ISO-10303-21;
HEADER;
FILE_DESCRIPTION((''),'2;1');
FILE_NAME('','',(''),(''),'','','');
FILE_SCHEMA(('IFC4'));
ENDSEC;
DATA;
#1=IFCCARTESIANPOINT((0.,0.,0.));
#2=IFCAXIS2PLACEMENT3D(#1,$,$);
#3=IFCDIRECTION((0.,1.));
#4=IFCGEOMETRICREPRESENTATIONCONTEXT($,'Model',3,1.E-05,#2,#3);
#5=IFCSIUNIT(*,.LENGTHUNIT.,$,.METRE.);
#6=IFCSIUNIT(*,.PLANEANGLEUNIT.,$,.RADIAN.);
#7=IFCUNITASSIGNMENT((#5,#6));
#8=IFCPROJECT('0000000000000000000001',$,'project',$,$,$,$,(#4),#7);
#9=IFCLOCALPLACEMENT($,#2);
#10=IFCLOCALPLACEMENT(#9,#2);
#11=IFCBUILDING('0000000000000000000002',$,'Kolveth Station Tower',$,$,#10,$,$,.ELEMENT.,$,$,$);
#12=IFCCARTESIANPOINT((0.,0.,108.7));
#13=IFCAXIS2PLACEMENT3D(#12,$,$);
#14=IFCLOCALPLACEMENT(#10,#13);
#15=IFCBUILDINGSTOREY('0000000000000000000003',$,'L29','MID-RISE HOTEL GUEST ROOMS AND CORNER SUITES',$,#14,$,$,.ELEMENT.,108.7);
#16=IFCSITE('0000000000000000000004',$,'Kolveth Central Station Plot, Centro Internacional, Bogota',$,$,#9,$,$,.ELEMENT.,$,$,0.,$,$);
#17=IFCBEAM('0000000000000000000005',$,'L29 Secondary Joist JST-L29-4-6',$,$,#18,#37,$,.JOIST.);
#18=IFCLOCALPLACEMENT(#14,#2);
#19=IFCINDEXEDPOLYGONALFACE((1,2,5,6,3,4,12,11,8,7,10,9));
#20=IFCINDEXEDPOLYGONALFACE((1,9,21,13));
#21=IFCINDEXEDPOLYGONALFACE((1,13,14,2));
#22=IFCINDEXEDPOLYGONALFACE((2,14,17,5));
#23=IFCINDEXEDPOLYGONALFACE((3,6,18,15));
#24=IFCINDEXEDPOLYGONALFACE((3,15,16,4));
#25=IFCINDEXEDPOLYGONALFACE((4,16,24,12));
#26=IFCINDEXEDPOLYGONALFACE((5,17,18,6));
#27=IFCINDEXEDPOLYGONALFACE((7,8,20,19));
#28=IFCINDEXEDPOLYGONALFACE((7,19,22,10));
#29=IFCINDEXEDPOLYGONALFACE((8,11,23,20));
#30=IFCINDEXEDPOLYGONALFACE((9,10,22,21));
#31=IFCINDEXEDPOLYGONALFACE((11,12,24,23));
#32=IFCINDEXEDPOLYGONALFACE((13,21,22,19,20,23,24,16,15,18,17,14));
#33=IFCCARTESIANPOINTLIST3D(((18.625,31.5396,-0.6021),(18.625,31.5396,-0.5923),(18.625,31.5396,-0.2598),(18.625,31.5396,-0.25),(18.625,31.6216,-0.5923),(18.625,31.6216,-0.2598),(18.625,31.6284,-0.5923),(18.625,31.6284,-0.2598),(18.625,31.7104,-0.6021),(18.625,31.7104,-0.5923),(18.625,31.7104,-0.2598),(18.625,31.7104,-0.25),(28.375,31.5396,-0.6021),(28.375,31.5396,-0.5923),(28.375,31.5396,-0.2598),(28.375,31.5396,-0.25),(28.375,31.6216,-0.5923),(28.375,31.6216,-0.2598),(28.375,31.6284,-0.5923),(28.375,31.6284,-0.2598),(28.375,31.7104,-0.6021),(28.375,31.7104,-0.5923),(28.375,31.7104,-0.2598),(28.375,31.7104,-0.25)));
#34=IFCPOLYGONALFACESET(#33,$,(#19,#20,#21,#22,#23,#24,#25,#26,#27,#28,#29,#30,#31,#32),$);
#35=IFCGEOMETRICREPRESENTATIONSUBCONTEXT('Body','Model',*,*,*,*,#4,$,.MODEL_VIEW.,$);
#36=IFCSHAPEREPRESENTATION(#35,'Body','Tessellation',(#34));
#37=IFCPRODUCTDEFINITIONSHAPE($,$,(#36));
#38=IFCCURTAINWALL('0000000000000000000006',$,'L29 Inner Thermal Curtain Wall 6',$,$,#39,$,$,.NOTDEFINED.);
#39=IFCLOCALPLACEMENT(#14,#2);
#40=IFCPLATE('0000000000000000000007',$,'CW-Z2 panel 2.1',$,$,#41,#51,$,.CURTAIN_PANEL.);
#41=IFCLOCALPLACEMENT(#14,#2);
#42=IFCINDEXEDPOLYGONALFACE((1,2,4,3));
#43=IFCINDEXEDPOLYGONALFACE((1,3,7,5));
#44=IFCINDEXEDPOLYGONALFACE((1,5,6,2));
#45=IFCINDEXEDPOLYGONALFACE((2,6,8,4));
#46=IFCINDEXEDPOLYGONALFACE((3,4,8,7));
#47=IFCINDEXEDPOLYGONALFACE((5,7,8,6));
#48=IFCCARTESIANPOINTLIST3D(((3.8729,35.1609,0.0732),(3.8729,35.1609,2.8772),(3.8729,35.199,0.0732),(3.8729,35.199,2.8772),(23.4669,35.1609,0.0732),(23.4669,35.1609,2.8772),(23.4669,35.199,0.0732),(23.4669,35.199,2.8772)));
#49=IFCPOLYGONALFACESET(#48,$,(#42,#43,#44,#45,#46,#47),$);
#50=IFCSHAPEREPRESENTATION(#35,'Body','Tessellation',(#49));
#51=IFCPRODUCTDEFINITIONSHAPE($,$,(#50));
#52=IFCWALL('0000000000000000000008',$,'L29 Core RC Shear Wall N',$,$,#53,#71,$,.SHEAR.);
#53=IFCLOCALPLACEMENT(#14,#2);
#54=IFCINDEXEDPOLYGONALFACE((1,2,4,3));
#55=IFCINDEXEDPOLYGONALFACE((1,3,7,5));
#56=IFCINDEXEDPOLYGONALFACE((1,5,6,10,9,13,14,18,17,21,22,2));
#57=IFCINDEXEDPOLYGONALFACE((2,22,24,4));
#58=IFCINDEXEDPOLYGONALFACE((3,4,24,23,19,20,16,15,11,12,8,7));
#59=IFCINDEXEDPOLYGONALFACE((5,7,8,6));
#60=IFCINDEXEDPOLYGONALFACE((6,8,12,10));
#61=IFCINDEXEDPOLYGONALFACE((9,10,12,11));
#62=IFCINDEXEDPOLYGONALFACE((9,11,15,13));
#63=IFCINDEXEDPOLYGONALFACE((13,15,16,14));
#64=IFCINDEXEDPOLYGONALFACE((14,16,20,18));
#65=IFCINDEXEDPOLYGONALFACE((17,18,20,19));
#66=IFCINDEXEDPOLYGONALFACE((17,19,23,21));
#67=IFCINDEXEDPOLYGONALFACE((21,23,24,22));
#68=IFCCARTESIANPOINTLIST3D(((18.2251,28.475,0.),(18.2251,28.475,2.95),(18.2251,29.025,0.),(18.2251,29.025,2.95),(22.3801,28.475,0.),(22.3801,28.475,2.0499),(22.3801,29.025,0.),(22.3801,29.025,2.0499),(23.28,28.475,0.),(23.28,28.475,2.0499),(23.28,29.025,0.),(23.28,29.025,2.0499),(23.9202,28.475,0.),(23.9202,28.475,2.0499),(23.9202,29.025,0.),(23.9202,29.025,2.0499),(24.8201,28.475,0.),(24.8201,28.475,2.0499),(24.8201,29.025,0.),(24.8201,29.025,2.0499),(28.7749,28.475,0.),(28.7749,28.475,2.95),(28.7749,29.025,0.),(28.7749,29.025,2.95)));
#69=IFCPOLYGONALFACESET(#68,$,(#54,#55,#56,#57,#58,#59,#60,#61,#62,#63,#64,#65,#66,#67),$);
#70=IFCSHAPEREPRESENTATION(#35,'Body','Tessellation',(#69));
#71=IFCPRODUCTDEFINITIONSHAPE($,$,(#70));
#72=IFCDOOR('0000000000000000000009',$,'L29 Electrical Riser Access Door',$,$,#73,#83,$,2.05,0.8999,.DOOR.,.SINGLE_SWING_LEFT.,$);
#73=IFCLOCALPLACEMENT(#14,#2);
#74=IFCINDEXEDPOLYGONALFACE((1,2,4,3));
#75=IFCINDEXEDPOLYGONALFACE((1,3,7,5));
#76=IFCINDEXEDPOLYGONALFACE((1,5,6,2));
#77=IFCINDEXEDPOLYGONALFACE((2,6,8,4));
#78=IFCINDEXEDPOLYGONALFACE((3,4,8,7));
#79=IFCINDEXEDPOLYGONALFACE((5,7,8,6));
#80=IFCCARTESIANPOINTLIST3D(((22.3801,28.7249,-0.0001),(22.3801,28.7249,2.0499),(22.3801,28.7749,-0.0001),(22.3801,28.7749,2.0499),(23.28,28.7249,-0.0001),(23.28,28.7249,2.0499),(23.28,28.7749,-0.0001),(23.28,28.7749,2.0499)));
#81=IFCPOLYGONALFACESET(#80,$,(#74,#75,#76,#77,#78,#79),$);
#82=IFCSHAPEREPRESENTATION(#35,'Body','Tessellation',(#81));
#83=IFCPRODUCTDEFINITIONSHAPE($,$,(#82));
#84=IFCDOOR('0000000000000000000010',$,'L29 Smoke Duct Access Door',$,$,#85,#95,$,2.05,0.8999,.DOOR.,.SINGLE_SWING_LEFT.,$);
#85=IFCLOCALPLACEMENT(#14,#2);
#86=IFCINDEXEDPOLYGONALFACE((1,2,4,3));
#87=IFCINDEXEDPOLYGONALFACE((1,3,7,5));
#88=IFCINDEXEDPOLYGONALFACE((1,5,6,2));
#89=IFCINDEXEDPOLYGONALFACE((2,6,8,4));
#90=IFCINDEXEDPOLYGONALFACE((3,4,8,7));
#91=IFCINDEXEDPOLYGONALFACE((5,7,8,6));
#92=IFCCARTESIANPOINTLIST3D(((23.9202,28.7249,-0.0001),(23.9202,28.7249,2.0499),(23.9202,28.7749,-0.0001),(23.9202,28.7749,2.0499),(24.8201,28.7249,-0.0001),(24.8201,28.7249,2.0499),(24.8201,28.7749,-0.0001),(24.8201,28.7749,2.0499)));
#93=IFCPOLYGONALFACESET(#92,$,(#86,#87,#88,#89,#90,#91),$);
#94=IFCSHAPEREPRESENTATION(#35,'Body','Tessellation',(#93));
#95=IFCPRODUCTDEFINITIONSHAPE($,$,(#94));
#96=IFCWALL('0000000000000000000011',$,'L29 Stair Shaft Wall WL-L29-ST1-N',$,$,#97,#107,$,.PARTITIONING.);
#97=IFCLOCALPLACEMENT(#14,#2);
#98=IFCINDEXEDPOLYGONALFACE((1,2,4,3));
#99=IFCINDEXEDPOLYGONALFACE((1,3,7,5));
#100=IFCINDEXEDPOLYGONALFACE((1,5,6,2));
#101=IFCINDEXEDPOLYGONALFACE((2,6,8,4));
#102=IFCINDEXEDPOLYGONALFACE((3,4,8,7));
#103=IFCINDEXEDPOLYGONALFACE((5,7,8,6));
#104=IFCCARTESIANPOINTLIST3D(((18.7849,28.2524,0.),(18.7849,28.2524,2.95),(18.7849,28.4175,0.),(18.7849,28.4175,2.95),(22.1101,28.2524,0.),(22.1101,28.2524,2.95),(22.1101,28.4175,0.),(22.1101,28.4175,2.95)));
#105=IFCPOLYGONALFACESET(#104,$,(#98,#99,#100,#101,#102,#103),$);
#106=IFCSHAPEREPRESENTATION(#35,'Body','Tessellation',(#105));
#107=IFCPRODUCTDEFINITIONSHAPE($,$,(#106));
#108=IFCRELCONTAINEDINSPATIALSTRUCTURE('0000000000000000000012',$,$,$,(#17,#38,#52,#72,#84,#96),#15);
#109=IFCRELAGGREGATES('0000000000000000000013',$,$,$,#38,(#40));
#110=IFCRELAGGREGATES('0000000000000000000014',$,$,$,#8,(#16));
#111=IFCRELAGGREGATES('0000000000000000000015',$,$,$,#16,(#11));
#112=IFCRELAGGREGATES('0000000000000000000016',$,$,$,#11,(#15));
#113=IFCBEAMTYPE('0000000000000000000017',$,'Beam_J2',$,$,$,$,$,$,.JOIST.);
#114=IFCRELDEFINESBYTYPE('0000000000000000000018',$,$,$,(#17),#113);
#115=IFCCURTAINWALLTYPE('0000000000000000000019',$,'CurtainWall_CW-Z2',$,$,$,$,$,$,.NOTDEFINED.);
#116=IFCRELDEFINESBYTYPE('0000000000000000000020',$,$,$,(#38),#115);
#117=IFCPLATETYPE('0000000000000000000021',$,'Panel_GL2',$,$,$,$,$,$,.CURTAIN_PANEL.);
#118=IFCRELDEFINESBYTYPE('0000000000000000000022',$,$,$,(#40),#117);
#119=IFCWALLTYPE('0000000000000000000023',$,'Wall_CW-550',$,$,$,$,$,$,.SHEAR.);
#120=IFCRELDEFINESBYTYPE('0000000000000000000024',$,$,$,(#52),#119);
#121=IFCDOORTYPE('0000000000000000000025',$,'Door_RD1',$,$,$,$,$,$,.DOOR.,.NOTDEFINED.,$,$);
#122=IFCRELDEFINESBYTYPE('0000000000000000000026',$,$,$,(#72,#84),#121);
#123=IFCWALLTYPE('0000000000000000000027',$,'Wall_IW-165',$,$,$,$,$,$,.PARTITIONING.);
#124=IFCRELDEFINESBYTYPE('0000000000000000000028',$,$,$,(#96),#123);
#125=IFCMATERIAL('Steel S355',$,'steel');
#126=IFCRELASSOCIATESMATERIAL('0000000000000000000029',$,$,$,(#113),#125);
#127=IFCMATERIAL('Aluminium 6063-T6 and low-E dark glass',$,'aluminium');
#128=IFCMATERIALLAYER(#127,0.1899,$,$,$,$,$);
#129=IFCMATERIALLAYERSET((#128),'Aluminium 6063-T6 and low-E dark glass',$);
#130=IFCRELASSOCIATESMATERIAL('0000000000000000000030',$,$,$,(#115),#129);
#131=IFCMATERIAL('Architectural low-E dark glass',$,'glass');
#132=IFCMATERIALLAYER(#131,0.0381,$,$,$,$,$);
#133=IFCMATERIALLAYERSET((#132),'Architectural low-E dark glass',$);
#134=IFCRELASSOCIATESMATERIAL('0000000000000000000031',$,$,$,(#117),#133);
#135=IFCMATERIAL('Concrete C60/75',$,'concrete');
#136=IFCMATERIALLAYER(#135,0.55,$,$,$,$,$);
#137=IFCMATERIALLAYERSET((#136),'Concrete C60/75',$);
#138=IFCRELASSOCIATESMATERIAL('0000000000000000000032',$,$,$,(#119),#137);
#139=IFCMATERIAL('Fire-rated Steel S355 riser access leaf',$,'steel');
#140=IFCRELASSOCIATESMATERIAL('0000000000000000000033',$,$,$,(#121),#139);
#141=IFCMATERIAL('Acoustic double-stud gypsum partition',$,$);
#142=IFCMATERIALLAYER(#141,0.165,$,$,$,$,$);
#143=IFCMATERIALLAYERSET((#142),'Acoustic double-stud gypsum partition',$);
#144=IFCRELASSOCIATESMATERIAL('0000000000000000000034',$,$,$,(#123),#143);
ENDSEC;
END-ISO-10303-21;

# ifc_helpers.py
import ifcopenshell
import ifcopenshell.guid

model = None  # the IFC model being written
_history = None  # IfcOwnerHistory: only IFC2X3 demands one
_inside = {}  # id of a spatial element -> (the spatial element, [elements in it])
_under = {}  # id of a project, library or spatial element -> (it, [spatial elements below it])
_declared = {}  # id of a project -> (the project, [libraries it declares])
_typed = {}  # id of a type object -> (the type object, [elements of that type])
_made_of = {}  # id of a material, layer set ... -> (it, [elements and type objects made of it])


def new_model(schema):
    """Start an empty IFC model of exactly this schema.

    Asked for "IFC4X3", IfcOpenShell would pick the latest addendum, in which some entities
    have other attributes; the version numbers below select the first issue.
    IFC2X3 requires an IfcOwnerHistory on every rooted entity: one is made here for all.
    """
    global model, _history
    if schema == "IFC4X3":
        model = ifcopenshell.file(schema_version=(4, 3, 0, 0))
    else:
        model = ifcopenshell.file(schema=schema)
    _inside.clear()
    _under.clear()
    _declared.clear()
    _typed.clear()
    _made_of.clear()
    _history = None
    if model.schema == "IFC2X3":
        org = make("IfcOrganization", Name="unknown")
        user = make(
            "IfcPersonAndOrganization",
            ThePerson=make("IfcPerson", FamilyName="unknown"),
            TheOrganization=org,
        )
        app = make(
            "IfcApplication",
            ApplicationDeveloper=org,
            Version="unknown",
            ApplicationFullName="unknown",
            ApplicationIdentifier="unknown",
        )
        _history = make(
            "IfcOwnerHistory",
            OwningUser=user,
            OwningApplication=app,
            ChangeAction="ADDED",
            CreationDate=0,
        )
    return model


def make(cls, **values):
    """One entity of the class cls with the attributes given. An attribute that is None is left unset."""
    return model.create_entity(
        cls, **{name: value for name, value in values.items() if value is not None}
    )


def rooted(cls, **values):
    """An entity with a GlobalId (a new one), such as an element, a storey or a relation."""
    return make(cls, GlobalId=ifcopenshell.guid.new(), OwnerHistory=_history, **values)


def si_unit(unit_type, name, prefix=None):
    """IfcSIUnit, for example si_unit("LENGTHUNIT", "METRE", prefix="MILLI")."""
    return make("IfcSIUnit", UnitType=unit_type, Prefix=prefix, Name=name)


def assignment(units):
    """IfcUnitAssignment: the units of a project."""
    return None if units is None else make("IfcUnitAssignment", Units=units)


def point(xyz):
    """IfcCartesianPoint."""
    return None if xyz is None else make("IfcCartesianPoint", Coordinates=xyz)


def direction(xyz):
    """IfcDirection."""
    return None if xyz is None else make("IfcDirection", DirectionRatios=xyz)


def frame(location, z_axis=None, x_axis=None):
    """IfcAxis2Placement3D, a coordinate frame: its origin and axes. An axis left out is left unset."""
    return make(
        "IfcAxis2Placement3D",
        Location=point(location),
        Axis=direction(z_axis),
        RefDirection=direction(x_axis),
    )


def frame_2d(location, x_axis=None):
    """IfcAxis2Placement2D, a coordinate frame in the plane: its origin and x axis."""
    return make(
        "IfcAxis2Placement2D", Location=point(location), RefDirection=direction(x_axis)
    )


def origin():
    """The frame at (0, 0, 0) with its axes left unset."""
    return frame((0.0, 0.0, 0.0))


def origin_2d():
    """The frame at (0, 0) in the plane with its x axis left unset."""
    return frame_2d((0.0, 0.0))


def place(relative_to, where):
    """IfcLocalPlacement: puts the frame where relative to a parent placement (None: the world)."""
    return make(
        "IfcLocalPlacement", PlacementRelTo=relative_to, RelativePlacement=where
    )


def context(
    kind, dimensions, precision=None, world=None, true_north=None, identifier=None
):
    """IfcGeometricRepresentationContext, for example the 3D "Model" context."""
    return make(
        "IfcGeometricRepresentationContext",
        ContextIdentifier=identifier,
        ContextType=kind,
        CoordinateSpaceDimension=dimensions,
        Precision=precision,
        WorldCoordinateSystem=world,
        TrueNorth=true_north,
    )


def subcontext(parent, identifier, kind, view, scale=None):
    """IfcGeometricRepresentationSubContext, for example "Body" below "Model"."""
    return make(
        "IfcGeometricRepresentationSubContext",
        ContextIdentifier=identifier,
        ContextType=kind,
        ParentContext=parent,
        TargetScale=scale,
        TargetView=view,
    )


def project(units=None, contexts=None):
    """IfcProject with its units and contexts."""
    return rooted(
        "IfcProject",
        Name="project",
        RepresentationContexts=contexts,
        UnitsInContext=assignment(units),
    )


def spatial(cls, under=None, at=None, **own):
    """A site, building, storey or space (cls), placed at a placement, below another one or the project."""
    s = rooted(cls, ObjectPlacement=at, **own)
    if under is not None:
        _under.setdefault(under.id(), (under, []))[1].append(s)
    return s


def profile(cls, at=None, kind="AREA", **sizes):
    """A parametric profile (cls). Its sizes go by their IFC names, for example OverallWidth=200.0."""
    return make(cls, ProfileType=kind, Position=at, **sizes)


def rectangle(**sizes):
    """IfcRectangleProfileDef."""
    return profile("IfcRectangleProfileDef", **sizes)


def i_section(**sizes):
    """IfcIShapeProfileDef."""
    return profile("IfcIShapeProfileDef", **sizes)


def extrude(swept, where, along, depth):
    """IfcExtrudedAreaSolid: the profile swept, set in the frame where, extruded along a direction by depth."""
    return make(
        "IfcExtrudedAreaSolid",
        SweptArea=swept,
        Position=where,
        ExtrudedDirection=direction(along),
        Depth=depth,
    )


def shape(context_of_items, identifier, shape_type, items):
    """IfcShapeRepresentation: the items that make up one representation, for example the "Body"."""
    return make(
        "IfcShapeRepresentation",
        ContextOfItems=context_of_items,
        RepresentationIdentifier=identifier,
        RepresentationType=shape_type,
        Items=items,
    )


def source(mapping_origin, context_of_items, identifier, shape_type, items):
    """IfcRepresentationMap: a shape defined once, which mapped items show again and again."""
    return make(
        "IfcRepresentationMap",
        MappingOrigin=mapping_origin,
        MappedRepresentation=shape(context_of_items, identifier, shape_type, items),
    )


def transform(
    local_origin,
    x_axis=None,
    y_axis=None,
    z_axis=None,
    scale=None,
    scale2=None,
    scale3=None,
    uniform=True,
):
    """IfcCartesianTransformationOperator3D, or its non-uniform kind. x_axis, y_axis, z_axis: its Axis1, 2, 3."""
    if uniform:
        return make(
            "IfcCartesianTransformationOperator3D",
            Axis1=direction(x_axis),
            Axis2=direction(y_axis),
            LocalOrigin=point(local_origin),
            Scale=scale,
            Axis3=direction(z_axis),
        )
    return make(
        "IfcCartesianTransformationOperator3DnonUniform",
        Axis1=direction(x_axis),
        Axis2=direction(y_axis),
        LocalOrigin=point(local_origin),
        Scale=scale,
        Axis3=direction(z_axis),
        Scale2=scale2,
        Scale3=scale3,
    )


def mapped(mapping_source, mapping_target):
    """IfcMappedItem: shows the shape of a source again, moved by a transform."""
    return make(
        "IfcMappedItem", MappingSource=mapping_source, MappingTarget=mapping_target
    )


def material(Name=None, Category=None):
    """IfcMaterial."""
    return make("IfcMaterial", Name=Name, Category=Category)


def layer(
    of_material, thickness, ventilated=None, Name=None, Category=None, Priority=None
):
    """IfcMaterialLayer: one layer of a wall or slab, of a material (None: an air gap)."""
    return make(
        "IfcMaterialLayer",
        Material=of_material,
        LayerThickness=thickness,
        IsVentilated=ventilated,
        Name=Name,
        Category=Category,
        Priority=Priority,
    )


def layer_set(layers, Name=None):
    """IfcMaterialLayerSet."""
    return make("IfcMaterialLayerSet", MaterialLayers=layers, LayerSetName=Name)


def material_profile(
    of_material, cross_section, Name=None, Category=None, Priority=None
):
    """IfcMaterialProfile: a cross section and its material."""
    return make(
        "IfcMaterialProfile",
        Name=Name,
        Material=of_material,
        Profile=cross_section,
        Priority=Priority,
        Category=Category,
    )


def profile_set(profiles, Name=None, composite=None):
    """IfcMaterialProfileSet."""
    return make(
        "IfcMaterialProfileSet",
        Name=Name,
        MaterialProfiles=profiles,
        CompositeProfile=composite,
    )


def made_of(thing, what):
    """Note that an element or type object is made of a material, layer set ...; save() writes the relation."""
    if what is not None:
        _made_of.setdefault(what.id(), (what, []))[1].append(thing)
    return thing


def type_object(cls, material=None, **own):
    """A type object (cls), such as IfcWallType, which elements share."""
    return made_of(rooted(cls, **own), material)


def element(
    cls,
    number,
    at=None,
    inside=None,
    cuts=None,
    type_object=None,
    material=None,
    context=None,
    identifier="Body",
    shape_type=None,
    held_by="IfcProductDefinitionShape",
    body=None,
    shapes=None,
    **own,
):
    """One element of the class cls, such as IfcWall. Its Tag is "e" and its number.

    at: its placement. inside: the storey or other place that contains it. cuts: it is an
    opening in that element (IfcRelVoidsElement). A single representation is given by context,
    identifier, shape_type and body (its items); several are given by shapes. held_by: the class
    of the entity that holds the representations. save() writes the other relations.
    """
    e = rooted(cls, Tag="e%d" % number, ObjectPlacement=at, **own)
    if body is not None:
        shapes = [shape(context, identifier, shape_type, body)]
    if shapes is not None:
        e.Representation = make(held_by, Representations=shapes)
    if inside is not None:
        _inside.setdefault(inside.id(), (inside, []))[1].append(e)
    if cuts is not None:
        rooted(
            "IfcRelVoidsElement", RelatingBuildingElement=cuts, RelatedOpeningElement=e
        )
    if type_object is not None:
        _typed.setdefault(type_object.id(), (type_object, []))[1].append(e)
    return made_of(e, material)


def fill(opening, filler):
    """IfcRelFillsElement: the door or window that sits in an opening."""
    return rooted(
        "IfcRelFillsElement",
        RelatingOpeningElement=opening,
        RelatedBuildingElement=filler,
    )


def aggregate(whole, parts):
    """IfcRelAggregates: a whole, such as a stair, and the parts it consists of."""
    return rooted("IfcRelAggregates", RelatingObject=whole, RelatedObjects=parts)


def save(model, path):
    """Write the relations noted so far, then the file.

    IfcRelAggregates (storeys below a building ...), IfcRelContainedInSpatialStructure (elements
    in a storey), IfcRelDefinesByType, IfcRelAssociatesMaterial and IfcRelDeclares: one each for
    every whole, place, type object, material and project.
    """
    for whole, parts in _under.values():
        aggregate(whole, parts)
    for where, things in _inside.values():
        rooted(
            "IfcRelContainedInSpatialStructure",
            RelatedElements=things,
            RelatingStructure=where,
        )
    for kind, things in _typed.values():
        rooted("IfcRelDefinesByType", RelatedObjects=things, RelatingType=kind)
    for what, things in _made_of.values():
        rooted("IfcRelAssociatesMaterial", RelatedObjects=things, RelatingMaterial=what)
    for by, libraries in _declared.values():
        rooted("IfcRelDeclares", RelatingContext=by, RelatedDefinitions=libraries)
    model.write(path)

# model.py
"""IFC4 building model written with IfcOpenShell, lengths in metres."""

from ifc_helpers import new_model, si_unit, direction, frame, frame_2d, origin, origin_2d, place, context, subcontext, project, spatial, rectangle, i_section, extrude, source, transform, mapped, material, layer, layer_set, material_profile, profile_set, type_object, element, fill, aggregate, save


model = new_model("IFC4")

# Units and contexts
model_context = context("Model", 3, precision=1e-05, world=origin(), true_north=direction((0.0, 1.0)))
body_context = subcontext(model_context, "Body", "Model", "MODEL_VIEW")
ifc_project = project(units=[si_unit("LENGTHUNIT", "METRE"), si_unit("PLANEANGLEUNIT", "RADIAN")], contexts=[model_context])

# Site, building, storey
site_placement = place(None, origin())
site = spatial("IfcSite", under=ifc_project, at=site_placement, Name="Kolveth Central Station Plot, Centro Internacional, Bogota", CompositionType="ELEMENT", RefElevation=0.0)
building_placement = place(site_placement, origin())
building = spatial("IfcBuilding", under=site, at=building_placement, Name="Kolveth Station Tower", CompositionType="ELEMENT")
storey_placement = place(building_placement, frame((0.0, 0.0, 108.7)))
storey = spatial("IfcBuildingStorey", under=building, at=storey_placement, Name="L29", Description="MID-RISE HOTEL GUEST ROOMS AND CORNER SUITES", CompositionType="ELEMENT", Elevation=108.7)

# Shared definitions
ifc_material_1 = material(Name="Steel S355", Category="steel")

# Beam
ifc_material_profile_1 = material_profile(ifc_material_1, i_section(OverallWidth=0.1709, OverallDepth=0.3521, WebThickness=0.0068, FlangeThickness=0.0098, at=origin_2d()), Name="W360x44")
ifc_profile_set_1 = profile_set([ifc_material_profile_1], Name="Steel S355")
beam_type_1 = type_object("IfcBeamType", Name="Beam_J2", PredefinedType="JOIST", material=ifc_profile_set_1)
shared_shape_1 = source(origin(), body_context, "Body", "SweptSolid", [
    extrude(i_section(OverallWidth=0.1709, OverallDepth=0.3521, WebThickness=0.0068, FlangeThickness=0.0098, at=origin_2d()), origin(), (0.0, 0.0, 1.0), 9.75),
])
beam_1_placement = place(storey_placement, frame((18.625, 31.625, -0.426), z_axis=(1.0, 0.0, 0.0), x_axis=(0.0, 1.0, 0.0)))
element("IfcBeam", 1, at=beam_1_placement, inside=storey, type_object=beam_type_1, Name="L29 Secondary Joist JST-L29-4-6", PredefinedType="JOIST", context=body_context, shape_type="MappedRepresentation", body=[
    mapped(shared_shape_1, transform((0.0, 0.0, 0.0), x_axis=(1.0, 0.0, 0.0), y_axis=(0.0, 1.0, 0.0), z_axis=(0.0, 0.0, 1.0), scale=1.0)),
])

# Curtain wall, plate
ifc_material_2 = material(Name="Aluminium 6063-T6 and low-E dark glass", Category="aluminium")
ifc_layer_1 = layer(ifc_material_2, 0.1899)
ifc_layer_set_1 = layer_set([ifc_layer_1], Name="Aluminium 6063-T6 and low-E dark glass")
curtain_wall_type = type_object("IfcCurtainWallType", Name="CurtainWall_CW-Z2", PredefinedType="NOTDEFINED", material=ifc_layer_set_1)
curtain_wall_placement = place(storey_placement, origin())
curtain_wall = element("IfcCurtainWall", 2, at=curtain_wall_placement, inside=storey, type_object=curtain_wall_type, Name="L29 Inner Thermal Curtain Wall 6", PredefinedType="NOTDEFINED")
ifc_material_3 = material(Name="Architectural low-E dark glass", Category="glass")
ifc_layer_2 = layer(ifc_material_3, 0.0381)
ifc_layer_set_2 = layer_set([ifc_layer_2], Name="Architectural low-E dark glass")
plate_type = type_object("IfcPlateType", Name="Panel_GL2", PredefinedType="CURTAIN_PANEL", material=ifc_layer_set_2)
shared_shape_2 = source(origin(), body_context, "Body", "SweptSolid", [
    extrude(rectangle(XDim=19.594, YDim=0.0381, at=origin_2d()), origin(), (0.0, 0.0, 1.0), 2.804),
])
plate_placement = place(storey_placement, frame((13.6699, 35.1799, 0.0732), z_axis=(0.0, 0.0, 1.0), x_axis=(-1.0, 0.0, 0.0)))
plate = element("IfcPlate", 3, at=plate_placement, type_object=plate_type, Name="CW-Z2 panel 2.1", PredefinedType="CURTAIN_PANEL", context=body_context, shape_type="MappedRepresentation", body=[
    mapped(shared_shape_2, transform((0.0, 0.0, 0.0), x_axis=(1.0, 0.0, 0.0), y_axis=(0.0, 1.0, 0.0), z_axis=(0.0, 0.0, 1.0), scale=1.0)),
])
aggregate(curtain_wall, [plate])

# Wall, openings, doors
ifc_material_4 = material(Name="Concrete C60/75", Category="concrete")
ifc_layer_3 = layer(ifc_material_4, 0.55)
ifc_layer_set_3 = layer_set([ifc_layer_3], Name="Concrete C60/75")
wall_type_1 = type_object("IfcWallType", Name="Wall_CW-550", PredefinedType="SHEAR", material=ifc_layer_set_3)
wall_1_placement = place(storey_placement, frame((18.2251, 28.75, 0.0), z_axis=(0.0, 0.0, 1.0), x_axis=(1.0, 0.0, 0.0)))
wall_1 = element("IfcWall", 4, at=wall_1_placement, inside=storey, type_object=wall_type_1, Name="L29 Core RC Shear Wall N", PredefinedType="SHEAR", context=body_context, shape_type="SweptSolid", body=[
    extrude(rectangle(XDim=10.5498, YDim=0.55, at=frame_2d((5.2749, 0.0))), origin(), (0.0, 0.0, 1.0), 2.95),
])
opening_1_placement = place(wall_1_placement, frame((4.155, 0.0, 0.0)))
opening_1 = element("IfcOpeningElement", 5, at=opening_1_placement, cuts=wall_1, PredefinedType="OPENING", context=body_context, shape_type="SweptSolid", body=[
    extrude(rectangle(XDim=0.8999, YDim=2.05, at=frame_2d((0.45, 1.0249))), frame((0.0, 0.2849, 0.0), z_axis=(0.0, -1.0, 0.0), x_axis=(1.0, 0.0, 0.0)), (0.0, 0.0, 1.0), 0.5701),
])
opening_2_placement = place(wall_1_placement, frame((5.6951, 0.0, 0.0)))
opening_2 = element("IfcOpeningElement", 6, at=opening_2_placement, cuts=wall_1, PredefinedType="OPENING", context=body_context, shape_type="SweptSolid", body=[
    extrude(rectangle(XDim=0.8999, YDim=2.05, at=frame_2d((0.45, 1.0249))), frame((0.0, 0.2849, 0.0), z_axis=(0.0, -1.0, 0.0), x_axis=(1.0, 0.0, 0.0)), (0.0, 0.0, 1.0), 0.5701),
])
ifc_material_5 = material(Name="Fire-rated Steel S355 riser access leaf", Category="steel")
door_type_1 = type_object("IfcDoorType", Name="Door_RD1", OperationType="NOTDEFINED", PredefinedType="DOOR", material=ifc_material_5)
door_1_placement = place(opening_1_placement, origin())
door_1 = element("IfcDoor", 7, at=door_1_placement, inside=storey, type_object=door_type_1, Name="L29 Electrical Riser Access Door", OperationType="SINGLE_SWING_LEFT", OverallHeight=2.05, OverallWidth=0.8999, PredefinedType="DOOR", context=body_context, shape_type="SweptSolid", body=[
    extrude(rectangle(XDim=0.8999, YDim=2.05, at=frame_2d((0.45, 1.0249))), frame((0.0, 0.0249, 0.0), z_axis=(0.0, -1.0, 0.0), x_axis=(1.0, 0.0, 0.0)), (0.0, 0.0, 1.0), 0.05),
])
fill(opening_1, door_1)
door_2_placement = place(opening_2_placement, origin())
door_2 = element("IfcDoor", 8, at=door_2_placement, inside=storey, type_object=door_type_1, Name="L29 Smoke Duct Access Door", OperationType="SINGLE_SWING_LEFT", OverallHeight=2.05, OverallWidth=0.8999, PredefinedType="DOOR", context=body_context, shape_type="SweptSolid", body=[
    extrude(rectangle(XDim=0.8999, YDim=2.05, at=frame_2d((0.45, 1.0249))), frame((0.0, 0.0249, 0.0), z_axis=(0.0, -1.0, 0.0), x_axis=(1.0, 0.0, 0.0)), (0.0, 0.0, 1.0), 0.05),
])
fill(opening_2, door_2)

# Wall
ifc_material_6 = material(Name="Acoustic double-stud gypsum partition")
ifc_layer_4 = layer(ifc_material_6, 0.165)
ifc_layer_set_4 = layer_set([ifc_layer_4], Name="Acoustic double-stud gypsum partition")
wall_type_2 = type_object("IfcWallType", Name="Wall_IW-165", PredefinedType="PARTITIONING", material=ifc_layer_set_4)
wall_2_placement = place(storey_placement, frame((18.7849, 28.335, 0.0), z_axis=(0.0, 0.0, 1.0), x_axis=(1.0, 0.0, 0.0)))
element("IfcWall", 9, at=wall_2_placement, inside=storey, type_object=wall_type_2, Name="L29 Stair Shaft Wall WL-L29-ST1-N", PredefinedType="PARTITIONING", context=body_context, shape_type="SweptSolid", body=[
    extrude(rectangle(XDim=3.3252, YDim=0.165, at=frame_2d((1.6626, 0.0))), origin(), (0.0, 0.0, 1.0), 2.95),
])

save(model, "model.ifc")
